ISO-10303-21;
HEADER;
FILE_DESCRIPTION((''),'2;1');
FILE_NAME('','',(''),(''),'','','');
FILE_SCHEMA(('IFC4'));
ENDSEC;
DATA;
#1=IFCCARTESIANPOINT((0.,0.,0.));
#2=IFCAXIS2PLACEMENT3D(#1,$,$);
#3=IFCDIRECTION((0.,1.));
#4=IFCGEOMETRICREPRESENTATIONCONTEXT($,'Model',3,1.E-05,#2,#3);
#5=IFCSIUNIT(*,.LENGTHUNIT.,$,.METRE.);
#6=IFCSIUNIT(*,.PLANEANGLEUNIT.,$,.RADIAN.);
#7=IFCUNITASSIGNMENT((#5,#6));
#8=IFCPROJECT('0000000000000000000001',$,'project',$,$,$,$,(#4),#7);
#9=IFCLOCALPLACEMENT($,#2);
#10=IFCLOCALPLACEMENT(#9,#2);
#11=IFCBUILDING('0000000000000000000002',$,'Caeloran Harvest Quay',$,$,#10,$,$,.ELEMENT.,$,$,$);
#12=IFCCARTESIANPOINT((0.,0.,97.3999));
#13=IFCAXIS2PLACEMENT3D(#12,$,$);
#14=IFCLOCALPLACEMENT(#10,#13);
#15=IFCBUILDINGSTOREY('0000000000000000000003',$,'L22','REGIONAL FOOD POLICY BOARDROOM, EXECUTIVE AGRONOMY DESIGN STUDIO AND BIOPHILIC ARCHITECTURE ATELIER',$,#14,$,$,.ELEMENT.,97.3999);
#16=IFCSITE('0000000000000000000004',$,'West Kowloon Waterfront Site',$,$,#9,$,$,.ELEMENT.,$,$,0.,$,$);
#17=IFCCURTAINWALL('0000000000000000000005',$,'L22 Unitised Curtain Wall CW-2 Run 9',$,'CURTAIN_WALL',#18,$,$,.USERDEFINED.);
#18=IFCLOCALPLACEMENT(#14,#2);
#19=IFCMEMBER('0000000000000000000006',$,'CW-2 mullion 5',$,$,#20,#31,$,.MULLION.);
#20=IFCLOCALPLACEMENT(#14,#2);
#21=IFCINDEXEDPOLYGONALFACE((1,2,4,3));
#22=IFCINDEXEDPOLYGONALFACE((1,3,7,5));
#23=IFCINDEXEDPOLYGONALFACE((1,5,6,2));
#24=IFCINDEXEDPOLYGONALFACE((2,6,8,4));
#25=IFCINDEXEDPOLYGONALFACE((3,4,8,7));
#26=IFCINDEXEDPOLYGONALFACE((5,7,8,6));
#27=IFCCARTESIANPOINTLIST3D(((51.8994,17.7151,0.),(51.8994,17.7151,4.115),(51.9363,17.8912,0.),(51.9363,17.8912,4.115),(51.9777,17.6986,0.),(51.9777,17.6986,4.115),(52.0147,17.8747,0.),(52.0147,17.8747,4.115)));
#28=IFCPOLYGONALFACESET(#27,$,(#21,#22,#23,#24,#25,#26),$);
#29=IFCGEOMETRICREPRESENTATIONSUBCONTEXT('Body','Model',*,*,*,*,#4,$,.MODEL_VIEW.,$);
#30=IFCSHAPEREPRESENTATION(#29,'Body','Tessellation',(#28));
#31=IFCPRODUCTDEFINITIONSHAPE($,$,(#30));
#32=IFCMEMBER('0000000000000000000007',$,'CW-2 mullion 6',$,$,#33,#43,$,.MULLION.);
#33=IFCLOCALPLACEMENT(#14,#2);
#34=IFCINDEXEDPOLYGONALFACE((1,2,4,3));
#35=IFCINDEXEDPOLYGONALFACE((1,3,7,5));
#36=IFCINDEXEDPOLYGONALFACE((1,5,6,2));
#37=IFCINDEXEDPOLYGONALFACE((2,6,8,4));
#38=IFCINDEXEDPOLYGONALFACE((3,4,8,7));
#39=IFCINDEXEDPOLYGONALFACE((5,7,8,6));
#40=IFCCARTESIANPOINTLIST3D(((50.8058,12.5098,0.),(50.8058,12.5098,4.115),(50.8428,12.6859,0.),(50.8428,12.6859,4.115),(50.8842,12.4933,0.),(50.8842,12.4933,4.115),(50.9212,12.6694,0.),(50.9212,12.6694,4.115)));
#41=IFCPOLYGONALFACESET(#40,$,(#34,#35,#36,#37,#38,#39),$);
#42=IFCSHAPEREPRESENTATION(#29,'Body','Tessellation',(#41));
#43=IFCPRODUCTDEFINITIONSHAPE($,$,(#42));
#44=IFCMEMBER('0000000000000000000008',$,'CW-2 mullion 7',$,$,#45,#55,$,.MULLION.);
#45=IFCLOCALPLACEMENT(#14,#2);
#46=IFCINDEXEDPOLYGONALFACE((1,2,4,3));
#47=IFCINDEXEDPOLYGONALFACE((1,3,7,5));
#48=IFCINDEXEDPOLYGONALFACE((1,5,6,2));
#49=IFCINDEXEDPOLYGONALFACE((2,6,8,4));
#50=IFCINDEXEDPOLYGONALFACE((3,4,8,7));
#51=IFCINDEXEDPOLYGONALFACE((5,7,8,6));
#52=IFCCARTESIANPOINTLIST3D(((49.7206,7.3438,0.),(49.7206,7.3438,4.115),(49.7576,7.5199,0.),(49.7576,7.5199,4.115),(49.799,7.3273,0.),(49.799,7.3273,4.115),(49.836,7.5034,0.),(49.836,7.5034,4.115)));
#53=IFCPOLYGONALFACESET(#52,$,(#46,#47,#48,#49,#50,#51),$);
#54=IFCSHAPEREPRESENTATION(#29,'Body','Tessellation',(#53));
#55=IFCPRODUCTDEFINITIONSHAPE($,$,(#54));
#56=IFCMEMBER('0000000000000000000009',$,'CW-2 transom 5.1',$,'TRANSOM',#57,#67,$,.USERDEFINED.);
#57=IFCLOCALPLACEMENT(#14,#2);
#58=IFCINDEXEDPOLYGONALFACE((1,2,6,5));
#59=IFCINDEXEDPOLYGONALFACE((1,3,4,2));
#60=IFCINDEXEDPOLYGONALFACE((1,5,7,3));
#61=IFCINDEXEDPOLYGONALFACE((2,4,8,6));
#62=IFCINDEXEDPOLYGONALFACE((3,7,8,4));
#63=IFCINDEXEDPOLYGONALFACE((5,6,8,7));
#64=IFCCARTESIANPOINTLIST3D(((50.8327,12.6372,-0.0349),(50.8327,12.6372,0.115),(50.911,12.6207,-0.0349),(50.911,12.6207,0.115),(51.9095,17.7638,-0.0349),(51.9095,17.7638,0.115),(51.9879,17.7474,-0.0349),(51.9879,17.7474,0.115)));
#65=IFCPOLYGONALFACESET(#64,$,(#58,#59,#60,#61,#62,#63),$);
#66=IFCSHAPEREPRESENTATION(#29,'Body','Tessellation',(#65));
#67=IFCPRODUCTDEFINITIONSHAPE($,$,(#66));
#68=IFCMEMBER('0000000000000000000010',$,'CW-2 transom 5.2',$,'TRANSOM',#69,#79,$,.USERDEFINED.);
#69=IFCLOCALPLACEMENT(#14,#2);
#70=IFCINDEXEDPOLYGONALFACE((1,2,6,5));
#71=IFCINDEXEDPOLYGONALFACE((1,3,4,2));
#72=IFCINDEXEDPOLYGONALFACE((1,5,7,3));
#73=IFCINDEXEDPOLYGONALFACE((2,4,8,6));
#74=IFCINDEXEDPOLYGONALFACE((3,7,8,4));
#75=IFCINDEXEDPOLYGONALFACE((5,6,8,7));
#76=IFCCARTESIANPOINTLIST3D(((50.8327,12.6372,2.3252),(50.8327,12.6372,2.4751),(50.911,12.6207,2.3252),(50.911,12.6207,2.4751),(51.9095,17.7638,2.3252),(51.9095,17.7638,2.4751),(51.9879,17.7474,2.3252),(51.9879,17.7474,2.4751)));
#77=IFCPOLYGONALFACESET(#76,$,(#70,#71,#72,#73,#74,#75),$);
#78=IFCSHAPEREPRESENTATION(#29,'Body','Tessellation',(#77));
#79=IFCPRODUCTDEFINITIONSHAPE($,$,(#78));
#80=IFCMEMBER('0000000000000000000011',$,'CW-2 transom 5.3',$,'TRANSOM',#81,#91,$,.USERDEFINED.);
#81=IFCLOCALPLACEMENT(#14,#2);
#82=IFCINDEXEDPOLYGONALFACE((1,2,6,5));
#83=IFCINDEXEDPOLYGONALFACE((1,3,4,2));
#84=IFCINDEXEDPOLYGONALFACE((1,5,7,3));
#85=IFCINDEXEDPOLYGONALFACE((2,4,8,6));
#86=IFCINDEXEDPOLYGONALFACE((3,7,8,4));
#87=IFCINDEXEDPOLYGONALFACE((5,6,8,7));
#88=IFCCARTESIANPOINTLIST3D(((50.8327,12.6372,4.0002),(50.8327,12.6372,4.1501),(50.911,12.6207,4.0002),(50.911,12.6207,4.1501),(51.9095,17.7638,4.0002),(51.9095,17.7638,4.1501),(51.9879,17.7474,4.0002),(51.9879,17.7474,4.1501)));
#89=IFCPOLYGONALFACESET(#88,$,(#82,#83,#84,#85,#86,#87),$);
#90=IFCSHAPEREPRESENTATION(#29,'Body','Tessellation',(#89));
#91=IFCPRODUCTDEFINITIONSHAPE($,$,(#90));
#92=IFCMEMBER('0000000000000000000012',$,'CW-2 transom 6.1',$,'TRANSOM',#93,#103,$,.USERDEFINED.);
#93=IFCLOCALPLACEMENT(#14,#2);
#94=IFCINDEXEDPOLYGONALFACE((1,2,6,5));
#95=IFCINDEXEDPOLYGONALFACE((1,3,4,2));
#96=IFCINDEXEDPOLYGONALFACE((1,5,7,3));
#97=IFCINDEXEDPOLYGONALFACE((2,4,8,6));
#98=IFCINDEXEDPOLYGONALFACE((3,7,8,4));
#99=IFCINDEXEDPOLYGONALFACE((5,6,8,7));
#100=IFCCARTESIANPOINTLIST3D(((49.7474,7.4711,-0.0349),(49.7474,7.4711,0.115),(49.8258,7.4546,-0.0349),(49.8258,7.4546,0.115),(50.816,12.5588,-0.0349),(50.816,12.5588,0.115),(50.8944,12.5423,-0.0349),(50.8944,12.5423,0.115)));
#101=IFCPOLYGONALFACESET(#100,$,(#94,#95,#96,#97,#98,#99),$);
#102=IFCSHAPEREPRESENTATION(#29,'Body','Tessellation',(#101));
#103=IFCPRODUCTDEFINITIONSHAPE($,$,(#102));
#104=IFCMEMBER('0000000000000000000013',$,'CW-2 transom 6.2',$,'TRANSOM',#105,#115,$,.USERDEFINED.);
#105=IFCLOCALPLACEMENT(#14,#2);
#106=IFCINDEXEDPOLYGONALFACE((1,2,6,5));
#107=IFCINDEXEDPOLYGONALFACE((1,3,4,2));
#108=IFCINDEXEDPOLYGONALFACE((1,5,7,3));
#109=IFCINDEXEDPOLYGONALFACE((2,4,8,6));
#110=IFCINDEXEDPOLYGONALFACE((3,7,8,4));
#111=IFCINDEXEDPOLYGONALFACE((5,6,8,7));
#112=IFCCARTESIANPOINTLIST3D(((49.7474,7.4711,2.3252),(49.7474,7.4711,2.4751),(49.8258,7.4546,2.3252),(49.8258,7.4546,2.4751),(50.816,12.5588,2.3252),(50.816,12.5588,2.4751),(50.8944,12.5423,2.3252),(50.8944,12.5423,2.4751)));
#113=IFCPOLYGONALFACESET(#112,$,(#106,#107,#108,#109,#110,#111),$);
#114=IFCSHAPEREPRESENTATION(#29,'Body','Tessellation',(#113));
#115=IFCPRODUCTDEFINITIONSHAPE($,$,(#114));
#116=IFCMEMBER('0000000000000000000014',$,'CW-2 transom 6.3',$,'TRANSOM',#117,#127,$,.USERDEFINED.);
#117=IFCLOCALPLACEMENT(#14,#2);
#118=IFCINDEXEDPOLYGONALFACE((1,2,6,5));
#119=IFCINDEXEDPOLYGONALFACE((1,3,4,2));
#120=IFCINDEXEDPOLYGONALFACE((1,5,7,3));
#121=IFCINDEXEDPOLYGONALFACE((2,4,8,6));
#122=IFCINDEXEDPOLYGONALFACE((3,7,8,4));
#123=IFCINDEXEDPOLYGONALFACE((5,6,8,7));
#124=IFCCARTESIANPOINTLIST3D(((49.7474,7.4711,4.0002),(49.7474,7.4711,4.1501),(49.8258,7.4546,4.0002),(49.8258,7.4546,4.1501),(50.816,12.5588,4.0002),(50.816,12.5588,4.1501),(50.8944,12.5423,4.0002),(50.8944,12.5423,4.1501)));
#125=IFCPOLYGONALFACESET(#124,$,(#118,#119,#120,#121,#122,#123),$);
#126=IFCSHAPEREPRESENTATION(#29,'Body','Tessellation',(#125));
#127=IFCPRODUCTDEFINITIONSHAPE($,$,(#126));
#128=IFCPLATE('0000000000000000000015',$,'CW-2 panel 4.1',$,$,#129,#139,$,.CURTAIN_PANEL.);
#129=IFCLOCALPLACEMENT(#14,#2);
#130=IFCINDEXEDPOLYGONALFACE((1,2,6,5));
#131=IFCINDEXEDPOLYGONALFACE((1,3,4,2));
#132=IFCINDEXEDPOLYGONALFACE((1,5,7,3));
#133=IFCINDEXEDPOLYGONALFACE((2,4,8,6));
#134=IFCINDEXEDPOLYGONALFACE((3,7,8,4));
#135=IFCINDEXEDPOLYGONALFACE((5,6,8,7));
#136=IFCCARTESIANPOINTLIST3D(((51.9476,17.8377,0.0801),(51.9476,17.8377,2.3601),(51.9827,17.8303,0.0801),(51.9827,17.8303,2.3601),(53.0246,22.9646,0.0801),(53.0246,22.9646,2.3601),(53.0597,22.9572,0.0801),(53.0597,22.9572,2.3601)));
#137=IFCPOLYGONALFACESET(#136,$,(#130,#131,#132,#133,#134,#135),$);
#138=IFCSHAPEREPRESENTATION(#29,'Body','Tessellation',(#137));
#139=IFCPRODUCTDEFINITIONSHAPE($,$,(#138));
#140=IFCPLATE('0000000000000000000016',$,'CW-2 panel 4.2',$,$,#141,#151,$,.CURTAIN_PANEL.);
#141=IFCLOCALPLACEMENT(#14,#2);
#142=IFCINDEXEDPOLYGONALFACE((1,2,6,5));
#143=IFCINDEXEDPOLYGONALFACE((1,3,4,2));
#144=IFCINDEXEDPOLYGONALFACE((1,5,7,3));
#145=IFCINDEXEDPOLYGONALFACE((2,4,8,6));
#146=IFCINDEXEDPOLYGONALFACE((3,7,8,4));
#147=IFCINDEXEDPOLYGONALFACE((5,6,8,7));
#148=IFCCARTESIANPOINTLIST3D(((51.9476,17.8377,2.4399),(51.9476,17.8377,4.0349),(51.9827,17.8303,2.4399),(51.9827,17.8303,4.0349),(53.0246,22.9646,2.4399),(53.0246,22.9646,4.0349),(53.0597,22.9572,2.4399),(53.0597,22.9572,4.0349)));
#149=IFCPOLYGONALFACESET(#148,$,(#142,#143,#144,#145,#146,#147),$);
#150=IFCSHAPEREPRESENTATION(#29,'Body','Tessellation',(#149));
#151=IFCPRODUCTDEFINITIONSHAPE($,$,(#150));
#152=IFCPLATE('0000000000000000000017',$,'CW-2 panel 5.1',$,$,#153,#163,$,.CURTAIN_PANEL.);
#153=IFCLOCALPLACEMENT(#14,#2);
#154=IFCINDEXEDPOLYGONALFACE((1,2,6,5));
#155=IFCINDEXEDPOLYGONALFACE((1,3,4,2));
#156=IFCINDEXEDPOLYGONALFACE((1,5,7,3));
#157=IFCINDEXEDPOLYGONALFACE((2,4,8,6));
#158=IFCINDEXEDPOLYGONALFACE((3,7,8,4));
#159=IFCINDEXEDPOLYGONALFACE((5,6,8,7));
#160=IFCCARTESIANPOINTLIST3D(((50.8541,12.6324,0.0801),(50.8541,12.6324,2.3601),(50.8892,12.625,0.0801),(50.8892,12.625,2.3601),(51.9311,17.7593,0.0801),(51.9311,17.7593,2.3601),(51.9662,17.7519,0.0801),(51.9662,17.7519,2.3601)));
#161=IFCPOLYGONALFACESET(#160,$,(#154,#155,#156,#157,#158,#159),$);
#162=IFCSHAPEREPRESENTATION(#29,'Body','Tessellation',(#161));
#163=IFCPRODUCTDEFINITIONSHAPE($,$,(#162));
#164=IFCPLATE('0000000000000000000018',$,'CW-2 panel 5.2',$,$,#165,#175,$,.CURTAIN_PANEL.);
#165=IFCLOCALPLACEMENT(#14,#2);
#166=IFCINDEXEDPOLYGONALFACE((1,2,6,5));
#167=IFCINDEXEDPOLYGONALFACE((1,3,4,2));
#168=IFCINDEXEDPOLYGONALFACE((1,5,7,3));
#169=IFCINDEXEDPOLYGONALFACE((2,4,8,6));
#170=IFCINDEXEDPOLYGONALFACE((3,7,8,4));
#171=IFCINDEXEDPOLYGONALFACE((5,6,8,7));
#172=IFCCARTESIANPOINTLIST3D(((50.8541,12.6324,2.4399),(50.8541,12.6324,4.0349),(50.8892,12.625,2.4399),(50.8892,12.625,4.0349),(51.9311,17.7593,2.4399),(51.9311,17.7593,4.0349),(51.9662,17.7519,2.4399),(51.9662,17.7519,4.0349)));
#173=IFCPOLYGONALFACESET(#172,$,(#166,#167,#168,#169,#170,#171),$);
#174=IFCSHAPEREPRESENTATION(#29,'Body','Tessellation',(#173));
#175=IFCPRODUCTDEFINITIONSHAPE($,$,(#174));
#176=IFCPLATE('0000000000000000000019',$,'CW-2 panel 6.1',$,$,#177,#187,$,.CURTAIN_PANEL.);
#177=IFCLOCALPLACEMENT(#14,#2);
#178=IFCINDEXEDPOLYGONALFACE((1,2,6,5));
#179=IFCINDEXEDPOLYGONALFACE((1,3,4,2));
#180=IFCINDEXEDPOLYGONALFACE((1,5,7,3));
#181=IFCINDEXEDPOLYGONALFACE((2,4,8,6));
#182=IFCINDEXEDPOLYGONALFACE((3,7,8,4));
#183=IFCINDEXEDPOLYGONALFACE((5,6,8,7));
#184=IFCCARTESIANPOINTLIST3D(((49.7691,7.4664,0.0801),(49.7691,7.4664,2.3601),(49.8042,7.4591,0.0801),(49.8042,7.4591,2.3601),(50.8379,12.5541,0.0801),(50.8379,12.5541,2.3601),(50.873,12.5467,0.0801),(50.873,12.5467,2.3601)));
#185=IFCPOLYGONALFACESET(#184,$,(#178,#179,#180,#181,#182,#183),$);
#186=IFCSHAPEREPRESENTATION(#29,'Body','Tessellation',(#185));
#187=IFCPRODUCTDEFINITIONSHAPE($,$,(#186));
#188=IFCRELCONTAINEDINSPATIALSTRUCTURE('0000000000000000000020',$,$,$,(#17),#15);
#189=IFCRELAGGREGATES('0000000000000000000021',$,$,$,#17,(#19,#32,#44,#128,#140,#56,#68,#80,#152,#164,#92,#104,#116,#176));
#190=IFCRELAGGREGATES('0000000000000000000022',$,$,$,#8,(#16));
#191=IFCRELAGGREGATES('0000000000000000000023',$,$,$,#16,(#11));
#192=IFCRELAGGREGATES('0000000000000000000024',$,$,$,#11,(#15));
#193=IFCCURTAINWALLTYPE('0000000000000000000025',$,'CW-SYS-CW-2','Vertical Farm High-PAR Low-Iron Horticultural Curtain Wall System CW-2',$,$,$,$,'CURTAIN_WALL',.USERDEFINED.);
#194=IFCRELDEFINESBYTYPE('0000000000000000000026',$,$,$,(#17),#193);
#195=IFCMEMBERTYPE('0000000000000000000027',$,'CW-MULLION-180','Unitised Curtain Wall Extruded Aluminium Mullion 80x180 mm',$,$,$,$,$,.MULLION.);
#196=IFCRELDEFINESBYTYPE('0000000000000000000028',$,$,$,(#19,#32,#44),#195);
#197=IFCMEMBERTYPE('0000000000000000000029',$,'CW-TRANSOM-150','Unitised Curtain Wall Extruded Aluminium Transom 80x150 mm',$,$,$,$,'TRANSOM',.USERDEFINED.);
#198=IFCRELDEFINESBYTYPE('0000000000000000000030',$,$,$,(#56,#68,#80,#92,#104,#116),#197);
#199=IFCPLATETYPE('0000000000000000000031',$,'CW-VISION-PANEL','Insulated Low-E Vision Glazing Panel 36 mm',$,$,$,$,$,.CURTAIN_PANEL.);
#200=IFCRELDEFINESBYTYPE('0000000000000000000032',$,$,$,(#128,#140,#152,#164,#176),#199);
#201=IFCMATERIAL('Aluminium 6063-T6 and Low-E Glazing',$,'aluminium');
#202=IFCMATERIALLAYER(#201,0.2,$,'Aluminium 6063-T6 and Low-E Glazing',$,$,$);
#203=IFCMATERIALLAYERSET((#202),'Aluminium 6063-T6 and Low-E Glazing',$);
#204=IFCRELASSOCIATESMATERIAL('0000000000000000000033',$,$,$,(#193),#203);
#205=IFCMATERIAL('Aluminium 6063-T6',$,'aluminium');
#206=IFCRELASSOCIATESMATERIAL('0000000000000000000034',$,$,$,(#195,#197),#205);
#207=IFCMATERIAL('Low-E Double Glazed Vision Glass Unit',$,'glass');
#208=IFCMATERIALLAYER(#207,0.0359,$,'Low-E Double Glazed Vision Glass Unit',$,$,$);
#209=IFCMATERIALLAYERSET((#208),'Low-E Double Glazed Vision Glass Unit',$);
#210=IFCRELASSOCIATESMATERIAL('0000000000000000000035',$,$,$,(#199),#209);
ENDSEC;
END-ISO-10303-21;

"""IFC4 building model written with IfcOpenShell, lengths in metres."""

from ifc_helpers import new_model, si_unit, direction, frame, origin, origin_2d, place, context, subcontext, project, spatial, rectangle, extrude, material, layer, layer_set, material_profile, profile_set, type_object, element, aggregate, save


model = new_model("IFC4")

# Units and contexts
model_context = context("Model", 3, precision=1e-05, world=origin(), true_north=direction((0.0, 1.0)))
body_context = subcontext(model_context, "Body", "Model", "MODEL_VIEW")
ifc_project = project(units=[si_unit("LENGTHUNIT", "METRE"), si_unit("PLANEANGLEUNIT", "RADIAN")], contexts=[model_context])

# Site, building, storey
site_placement = place(None, origin())
site = spatial("IfcSite", under=ifc_project, at=site_placement, Name="West Kowloon Waterfront Site", CompositionType="ELEMENT", RefElevation=0.0)
building_placement = place(site_placement, origin())
building = spatial("IfcBuilding", under=site, at=building_placement, Name="Caeloran Harvest Quay", CompositionType="ELEMENT")
storey_placement = place(building_placement, frame((0.0, 0.0, 97.3999)))
storey = spatial("IfcBuildingStorey", under=building, at=storey_placement, Name="L22", Description="REGIONAL FOOD POLICY BOARDROOM, EXECUTIVE AGRONOMY DESIGN STUDIO AND BIOPHILIC ARCHITECTURE ATELIER", CompositionType="ELEMENT", Elevation=97.3999)

# Curtain wall, members, plates
ifc_material_1 = material(Name="Aluminium 6063-T6 and Low-E Glazing", Category="aluminium")
ifc_layer_1 = layer(ifc_material_1, 0.2, Name="Aluminium 6063-T6 and Low-E Glazing")
ifc_layer_set_1 = layer_set([ifc_layer_1], Name="Aluminium 6063-T6 and Low-E Glazing")
curtain_wall_type = type_object("IfcCurtainWallType", Name="CW-SYS-CW-2", Description="Vertical Farm High-PAR Low-Iron Horticultural Curtain Wall System CW-2", ElementType="CURTAIN_WALL", PredefinedType="USERDEFINED", material=ifc_layer_set_1)
curtain_wall_placement = place(storey_placement, origin())
curtain_wall = element("IfcCurtainWall", 1, at=curtain_wall_placement, inside=storey, type_object=curtain_wall_type, Name="L22 Unitised Curtain Wall CW-2 Run 9", ObjectType="CURTAIN_WALL", PredefinedType="USERDEFINED")
ifc_material_2 = material(Name="Aluminium 6063-T6", Category="aluminium")
ifc_material_profile_1 = material_profile(ifc_material_2, rectangle(XDim=0.0801, YDim=0.1799, at=origin_2d()), Name="CW-MULLION-180")
ifc_profile_set_1 = profile_set([ifc_material_profile_1], Name="Aluminium 6063-T6")
member_type_1 = type_object("IfcMemberType", Name="CW-MULLION-180", Description="Unitised Curtain Wall Extruded Aluminium Mullion 80x180 mm", PredefinedType="MULLION", material=ifc_profile_set_1)
member_1_placement = place(storey_placement, frame((51.957, 17.7949, 0.0), z_axis=(0.0, 0.0, 1.0), x_axis=(0.97864, -0.205583, 0.0)))
member_1 = element("IfcMember", 2, at=member_1_placement, type_object=member_type_1, Name="CW-2 mullion 5", PredefinedType="MULLION", context=body_context, shape_type="SweptSolid", body=[
    extrude(rectangle(XDim=0.0801, YDim=0.1799, at=origin_2d()), origin(), (0.0, 0.0, 1.0), 4.115),
])
member_2_placement = place(storey_placement, frame((50.8635, 12.5896, 0.0), z_axis=(0.0, 0.0, 1.0), x_axis=(0.97864, -0.205583, 0.0)))
member_2 = element("IfcMember", 3, at=member_2_placement, type_object=member_type_1, Name="CW-2 mullion 6", PredefinedType="MULLION", context=body_context, shape_type="SweptSolid", body=[
    extrude(rectangle(XDim=0.0801, YDim=0.1799, at=origin_2d()), origin(), (0.0, 0.0, 1.0), 4.115),
])
member_3_placement = place(storey_placement, frame((49.7783, 7.4236, 0.0), z_axis=(0.0, 0.0, 1.0), x_axis=(0.97864, -0.205583, 0.0)))
member_3 = element("IfcMember", 4, at=member_3_placement, type_object=member_type_1, Name="CW-2 mullion 7", PredefinedType="MULLION", context=body_context, shape_type="SweptSolid", body=[
    extrude(rectangle(XDim=0.0801, YDim=0.1799, at=origin_2d()), origin(), (0.0, 0.0, 1.0), 4.115),
])
ifc_material_profile_2 = material_profile(ifc_material_2, rectangle(XDim=0.0801, YDim=0.1499, at=origin_2d()), Name="CW-TRANSOM-150")
ifc_profile_set_2 = profile_set([ifc_material_profile_2], Name="Aluminium 6063-T6")
member_type_2 = type_object("IfcMemberType", Name="CW-TRANSOM-150", Description="Unitised Curtain Wall Extruded Aluminium Transom 80x150 mm", ElementType="TRANSOM", PredefinedType="USERDEFINED", material=ifc_profile_set_2)
member_4_placement = place(storey_placement, frame((51.9487, 17.7556, 0.04), z_axis=(-0.205571, -0.978642, 0.0), x_axis=(0.978642, -0.205571, 0.0)))
member_4 = element("IfcMember", 5, at=member_4_placement, type_object=member_type_2, Name="CW-2 transom 5.1", ObjectType="TRANSOM", PredefinedType="USERDEFINED", context=body_context, shape_type="SweptSolid", body=[
    extrude(rectangle(XDim=0.0801, YDim=0.1499, at=origin_2d()), origin(), (0.0, 0.0, 1.0), 5.2385),
])
member_5_placement = place(storey_placement, frame((51.9487, 17.7556, 2.4001), z_axis=(-0.205571, -0.978642, 0.0), x_axis=(0.978642, -0.205571, 0.0)))
member_5 = element("IfcMember", 6, at=member_5_placement, type_object=member_type_2, Name="CW-2 transom 5.2", ObjectType="TRANSOM", PredefinedType="USERDEFINED", context=body_context, shape_type="SweptSolid", body=[
    extrude(rectangle(XDim=0.0801, YDim=0.1499, at=origin_2d()), origin(), (0.0, 0.0, 1.0), 5.2385),
])
member_6_placement = place(storey_placement, frame((51.9487, 17.7556, 4.0752), z_axis=(-0.205571, -0.978642, 0.0), x_axis=(0.978642, -0.205571, 0.0)))
member_6 = element("IfcMember", 7, at=member_6_placement, type_object=member_type_2, Name="CW-2 transom 5.3", ObjectType="TRANSOM", PredefinedType="USERDEFINED", context=body_context, shape_type="SweptSolid", body=[
    extrude(rectangle(XDim=0.0801, YDim=0.1499, at=origin_2d()), origin(), (0.0, 0.0, 1.0), 5.2385),
])
member_7_placement = place(storey_placement, frame((50.8552, 12.5505, 0.04), z_axis=(-0.205554, -0.978646, 0.0), x_axis=(0.978646, -0.205554, 0.0)))
member_7 = element("IfcMember", 8, at=member_7_placement, type_object=member_type_2, Name="CW-2 transom 6.1", ObjectType="TRANSOM", PredefinedType="USERDEFINED", context=body_context, shape_type="SweptSolid", body=[
    extrude(rectangle(XDim=0.0801, YDim=0.1499, at=origin_2d()), origin(), (0.0, 0.0, 1.0), 5.1987),
])
member_8_placement = place(storey_placement, frame((50.8552, 12.5505, 2.4001), z_axis=(-0.205554, -0.978646, 0.0), x_axis=(0.978646, -0.205554, 0.0)))
member_8 = element("IfcMember", 9, at=member_8_placement, type_object=member_type_2, Name="CW-2 transom 6.2", ObjectType="TRANSOM", PredefinedType="USERDEFINED", context=body_context, shape_type="SweptSolid", body=[
    extrude(rectangle(XDim=0.0801, YDim=0.1499, at=origin_2d()), origin(), (0.0, 0.0, 1.0), 5.1987),
])
member_9_placement = place(storey_placement, frame((50.8552, 12.5505, 4.0752), z_axis=(-0.205554, -0.978646, 0.0), x_axis=(0.978646, -0.205554, 0.0)))
member_9 = element("IfcMember", 10, at=member_9_placement, type_object=member_type_2, Name="CW-2 transom 6.3", ObjectType="TRANSOM", PredefinedType="USERDEFINED", context=body_context, shape_type="SweptSolid", body=[
    extrude(rectangle(XDim=0.0801, YDim=0.1499, at=origin_2d()), origin(), (0.0, 0.0, 1.0), 5.1987),
])
ifc_material_3 = material(Name="Low-E Double Glazed Vision Glass Unit", Category="glass")
ifc_layer_2 = layer(ifc_material_3, 0.0359, Name="Low-E Double Glazed Vision Glass Unit")
ifc_layer_set_2 = layer_set([ifc_layer_2], Name="Low-E Double Glazed Vision Glass Unit")
plate_type_1 = type_object("IfcPlateType", Name="CW-VISION-PANEL", Description="Insulated Low-E Vision Glazing Panel 36 mm", PredefinedType="CURTAIN_PANEL", material=ifc_layer_set_2)
plate_1_placement = place(storey_placement, frame((52.5037, 20.3975, 0.0801), z_axis=(0.0, 0.0, 1.0), x_axis=(-0.205583, -0.97864, 0.0)))
plate_1 = element("IfcPlate", 11, at=plate_1_placement, type_object=plate_type_1, Name="CW-2 panel 4.1", PredefinedType="CURTAIN_PANEL", context=body_context, shape_type="SweptSolid", body=[
    extrude(rectangle(XDim=5.2388, YDim=0.0359, at=origin_2d()), origin(), (0.0, 0.0, 1.0), 2.28),
])
plate_2_placement = place(storey_placement, frame((52.5037, 20.3975, 2.4399), z_axis=(0.0, 0.0, 1.0), x_axis=(-0.205583, -0.97864, 0.0)))
plate_2 = element("IfcPlate", 12, at=plate_2_placement, type_object=plate_type_1, Name="CW-2 panel 4.2", PredefinedType="CURTAIN_PANEL", context=body_context, shape_type="SweptSolid", body=[
    extrude(rectangle(XDim=5.2388, YDim=0.0359, at=origin_2d()), origin(), (0.0, 0.0, 1.0), 1.595),
])
plate_3_placement = place(storey_placement, frame((51.4102, 15.1921, 0.0801), z_axis=(0.0, 0.0, 1.0), x_axis=(-0.205583, -0.97864, 0.0)))
plate_3 = element("IfcPlate", 13, at=plate_3_placement, type_object=plate_type_1, Name="CW-2 panel 5.1", PredefinedType="CURTAIN_PANEL", context=body_context, shape_type="SweptSolid", body=[
    extrude(rectangle(XDim=5.2388, YDim=0.0359, at=origin_2d()), origin(), (0.0, 0.0, 1.0), 2.28),
])
plate_4_placement = place(storey_placement, frame((51.4102, 15.1921, 2.4399), z_axis=(0.0, 0.0, 1.0), x_axis=(-0.205583, -0.97864, 0.0)))
plate_4 = element("IfcPlate", 14, at=plate_4_placement, type_object=plate_type_1, Name="CW-2 panel 5.2", PredefinedType="CURTAIN_PANEL", context=body_context, shape_type="SweptSolid", body=[
    extrude(rectangle(XDim=5.2388, YDim=0.0359, at=origin_2d()), origin(), (0.0, 0.0, 1.0), 1.595),
])
plate_5_placement = place(storey_placement, frame((50.321, 10.0066, 0.0801), z_axis=(0.0, 0.0, 1.0), x_axis=(-0.205583, -0.97864, 0.0)))
plate_5 = element("IfcPlate", 15, at=plate_5_placement, type_object=plate_type_1, Name="CW-2 panel 6.1", PredefinedType="CURTAIN_PANEL", context=body_context, shape_type="SweptSolid", body=[
    extrude(rectangle(XDim=5.1987, YDim=0.0359, at=origin_2d()), origin(), (0.0, 0.0, 1.0), 2.28),
])
aggregate(curtain_wall, [member_1, member_2, member_3, plate_1, plate_2, member_4, member_5, member_6, plate_3, plate_4, member_7, member_8, member_9, plate_5])

save(model, "model.ifc")
